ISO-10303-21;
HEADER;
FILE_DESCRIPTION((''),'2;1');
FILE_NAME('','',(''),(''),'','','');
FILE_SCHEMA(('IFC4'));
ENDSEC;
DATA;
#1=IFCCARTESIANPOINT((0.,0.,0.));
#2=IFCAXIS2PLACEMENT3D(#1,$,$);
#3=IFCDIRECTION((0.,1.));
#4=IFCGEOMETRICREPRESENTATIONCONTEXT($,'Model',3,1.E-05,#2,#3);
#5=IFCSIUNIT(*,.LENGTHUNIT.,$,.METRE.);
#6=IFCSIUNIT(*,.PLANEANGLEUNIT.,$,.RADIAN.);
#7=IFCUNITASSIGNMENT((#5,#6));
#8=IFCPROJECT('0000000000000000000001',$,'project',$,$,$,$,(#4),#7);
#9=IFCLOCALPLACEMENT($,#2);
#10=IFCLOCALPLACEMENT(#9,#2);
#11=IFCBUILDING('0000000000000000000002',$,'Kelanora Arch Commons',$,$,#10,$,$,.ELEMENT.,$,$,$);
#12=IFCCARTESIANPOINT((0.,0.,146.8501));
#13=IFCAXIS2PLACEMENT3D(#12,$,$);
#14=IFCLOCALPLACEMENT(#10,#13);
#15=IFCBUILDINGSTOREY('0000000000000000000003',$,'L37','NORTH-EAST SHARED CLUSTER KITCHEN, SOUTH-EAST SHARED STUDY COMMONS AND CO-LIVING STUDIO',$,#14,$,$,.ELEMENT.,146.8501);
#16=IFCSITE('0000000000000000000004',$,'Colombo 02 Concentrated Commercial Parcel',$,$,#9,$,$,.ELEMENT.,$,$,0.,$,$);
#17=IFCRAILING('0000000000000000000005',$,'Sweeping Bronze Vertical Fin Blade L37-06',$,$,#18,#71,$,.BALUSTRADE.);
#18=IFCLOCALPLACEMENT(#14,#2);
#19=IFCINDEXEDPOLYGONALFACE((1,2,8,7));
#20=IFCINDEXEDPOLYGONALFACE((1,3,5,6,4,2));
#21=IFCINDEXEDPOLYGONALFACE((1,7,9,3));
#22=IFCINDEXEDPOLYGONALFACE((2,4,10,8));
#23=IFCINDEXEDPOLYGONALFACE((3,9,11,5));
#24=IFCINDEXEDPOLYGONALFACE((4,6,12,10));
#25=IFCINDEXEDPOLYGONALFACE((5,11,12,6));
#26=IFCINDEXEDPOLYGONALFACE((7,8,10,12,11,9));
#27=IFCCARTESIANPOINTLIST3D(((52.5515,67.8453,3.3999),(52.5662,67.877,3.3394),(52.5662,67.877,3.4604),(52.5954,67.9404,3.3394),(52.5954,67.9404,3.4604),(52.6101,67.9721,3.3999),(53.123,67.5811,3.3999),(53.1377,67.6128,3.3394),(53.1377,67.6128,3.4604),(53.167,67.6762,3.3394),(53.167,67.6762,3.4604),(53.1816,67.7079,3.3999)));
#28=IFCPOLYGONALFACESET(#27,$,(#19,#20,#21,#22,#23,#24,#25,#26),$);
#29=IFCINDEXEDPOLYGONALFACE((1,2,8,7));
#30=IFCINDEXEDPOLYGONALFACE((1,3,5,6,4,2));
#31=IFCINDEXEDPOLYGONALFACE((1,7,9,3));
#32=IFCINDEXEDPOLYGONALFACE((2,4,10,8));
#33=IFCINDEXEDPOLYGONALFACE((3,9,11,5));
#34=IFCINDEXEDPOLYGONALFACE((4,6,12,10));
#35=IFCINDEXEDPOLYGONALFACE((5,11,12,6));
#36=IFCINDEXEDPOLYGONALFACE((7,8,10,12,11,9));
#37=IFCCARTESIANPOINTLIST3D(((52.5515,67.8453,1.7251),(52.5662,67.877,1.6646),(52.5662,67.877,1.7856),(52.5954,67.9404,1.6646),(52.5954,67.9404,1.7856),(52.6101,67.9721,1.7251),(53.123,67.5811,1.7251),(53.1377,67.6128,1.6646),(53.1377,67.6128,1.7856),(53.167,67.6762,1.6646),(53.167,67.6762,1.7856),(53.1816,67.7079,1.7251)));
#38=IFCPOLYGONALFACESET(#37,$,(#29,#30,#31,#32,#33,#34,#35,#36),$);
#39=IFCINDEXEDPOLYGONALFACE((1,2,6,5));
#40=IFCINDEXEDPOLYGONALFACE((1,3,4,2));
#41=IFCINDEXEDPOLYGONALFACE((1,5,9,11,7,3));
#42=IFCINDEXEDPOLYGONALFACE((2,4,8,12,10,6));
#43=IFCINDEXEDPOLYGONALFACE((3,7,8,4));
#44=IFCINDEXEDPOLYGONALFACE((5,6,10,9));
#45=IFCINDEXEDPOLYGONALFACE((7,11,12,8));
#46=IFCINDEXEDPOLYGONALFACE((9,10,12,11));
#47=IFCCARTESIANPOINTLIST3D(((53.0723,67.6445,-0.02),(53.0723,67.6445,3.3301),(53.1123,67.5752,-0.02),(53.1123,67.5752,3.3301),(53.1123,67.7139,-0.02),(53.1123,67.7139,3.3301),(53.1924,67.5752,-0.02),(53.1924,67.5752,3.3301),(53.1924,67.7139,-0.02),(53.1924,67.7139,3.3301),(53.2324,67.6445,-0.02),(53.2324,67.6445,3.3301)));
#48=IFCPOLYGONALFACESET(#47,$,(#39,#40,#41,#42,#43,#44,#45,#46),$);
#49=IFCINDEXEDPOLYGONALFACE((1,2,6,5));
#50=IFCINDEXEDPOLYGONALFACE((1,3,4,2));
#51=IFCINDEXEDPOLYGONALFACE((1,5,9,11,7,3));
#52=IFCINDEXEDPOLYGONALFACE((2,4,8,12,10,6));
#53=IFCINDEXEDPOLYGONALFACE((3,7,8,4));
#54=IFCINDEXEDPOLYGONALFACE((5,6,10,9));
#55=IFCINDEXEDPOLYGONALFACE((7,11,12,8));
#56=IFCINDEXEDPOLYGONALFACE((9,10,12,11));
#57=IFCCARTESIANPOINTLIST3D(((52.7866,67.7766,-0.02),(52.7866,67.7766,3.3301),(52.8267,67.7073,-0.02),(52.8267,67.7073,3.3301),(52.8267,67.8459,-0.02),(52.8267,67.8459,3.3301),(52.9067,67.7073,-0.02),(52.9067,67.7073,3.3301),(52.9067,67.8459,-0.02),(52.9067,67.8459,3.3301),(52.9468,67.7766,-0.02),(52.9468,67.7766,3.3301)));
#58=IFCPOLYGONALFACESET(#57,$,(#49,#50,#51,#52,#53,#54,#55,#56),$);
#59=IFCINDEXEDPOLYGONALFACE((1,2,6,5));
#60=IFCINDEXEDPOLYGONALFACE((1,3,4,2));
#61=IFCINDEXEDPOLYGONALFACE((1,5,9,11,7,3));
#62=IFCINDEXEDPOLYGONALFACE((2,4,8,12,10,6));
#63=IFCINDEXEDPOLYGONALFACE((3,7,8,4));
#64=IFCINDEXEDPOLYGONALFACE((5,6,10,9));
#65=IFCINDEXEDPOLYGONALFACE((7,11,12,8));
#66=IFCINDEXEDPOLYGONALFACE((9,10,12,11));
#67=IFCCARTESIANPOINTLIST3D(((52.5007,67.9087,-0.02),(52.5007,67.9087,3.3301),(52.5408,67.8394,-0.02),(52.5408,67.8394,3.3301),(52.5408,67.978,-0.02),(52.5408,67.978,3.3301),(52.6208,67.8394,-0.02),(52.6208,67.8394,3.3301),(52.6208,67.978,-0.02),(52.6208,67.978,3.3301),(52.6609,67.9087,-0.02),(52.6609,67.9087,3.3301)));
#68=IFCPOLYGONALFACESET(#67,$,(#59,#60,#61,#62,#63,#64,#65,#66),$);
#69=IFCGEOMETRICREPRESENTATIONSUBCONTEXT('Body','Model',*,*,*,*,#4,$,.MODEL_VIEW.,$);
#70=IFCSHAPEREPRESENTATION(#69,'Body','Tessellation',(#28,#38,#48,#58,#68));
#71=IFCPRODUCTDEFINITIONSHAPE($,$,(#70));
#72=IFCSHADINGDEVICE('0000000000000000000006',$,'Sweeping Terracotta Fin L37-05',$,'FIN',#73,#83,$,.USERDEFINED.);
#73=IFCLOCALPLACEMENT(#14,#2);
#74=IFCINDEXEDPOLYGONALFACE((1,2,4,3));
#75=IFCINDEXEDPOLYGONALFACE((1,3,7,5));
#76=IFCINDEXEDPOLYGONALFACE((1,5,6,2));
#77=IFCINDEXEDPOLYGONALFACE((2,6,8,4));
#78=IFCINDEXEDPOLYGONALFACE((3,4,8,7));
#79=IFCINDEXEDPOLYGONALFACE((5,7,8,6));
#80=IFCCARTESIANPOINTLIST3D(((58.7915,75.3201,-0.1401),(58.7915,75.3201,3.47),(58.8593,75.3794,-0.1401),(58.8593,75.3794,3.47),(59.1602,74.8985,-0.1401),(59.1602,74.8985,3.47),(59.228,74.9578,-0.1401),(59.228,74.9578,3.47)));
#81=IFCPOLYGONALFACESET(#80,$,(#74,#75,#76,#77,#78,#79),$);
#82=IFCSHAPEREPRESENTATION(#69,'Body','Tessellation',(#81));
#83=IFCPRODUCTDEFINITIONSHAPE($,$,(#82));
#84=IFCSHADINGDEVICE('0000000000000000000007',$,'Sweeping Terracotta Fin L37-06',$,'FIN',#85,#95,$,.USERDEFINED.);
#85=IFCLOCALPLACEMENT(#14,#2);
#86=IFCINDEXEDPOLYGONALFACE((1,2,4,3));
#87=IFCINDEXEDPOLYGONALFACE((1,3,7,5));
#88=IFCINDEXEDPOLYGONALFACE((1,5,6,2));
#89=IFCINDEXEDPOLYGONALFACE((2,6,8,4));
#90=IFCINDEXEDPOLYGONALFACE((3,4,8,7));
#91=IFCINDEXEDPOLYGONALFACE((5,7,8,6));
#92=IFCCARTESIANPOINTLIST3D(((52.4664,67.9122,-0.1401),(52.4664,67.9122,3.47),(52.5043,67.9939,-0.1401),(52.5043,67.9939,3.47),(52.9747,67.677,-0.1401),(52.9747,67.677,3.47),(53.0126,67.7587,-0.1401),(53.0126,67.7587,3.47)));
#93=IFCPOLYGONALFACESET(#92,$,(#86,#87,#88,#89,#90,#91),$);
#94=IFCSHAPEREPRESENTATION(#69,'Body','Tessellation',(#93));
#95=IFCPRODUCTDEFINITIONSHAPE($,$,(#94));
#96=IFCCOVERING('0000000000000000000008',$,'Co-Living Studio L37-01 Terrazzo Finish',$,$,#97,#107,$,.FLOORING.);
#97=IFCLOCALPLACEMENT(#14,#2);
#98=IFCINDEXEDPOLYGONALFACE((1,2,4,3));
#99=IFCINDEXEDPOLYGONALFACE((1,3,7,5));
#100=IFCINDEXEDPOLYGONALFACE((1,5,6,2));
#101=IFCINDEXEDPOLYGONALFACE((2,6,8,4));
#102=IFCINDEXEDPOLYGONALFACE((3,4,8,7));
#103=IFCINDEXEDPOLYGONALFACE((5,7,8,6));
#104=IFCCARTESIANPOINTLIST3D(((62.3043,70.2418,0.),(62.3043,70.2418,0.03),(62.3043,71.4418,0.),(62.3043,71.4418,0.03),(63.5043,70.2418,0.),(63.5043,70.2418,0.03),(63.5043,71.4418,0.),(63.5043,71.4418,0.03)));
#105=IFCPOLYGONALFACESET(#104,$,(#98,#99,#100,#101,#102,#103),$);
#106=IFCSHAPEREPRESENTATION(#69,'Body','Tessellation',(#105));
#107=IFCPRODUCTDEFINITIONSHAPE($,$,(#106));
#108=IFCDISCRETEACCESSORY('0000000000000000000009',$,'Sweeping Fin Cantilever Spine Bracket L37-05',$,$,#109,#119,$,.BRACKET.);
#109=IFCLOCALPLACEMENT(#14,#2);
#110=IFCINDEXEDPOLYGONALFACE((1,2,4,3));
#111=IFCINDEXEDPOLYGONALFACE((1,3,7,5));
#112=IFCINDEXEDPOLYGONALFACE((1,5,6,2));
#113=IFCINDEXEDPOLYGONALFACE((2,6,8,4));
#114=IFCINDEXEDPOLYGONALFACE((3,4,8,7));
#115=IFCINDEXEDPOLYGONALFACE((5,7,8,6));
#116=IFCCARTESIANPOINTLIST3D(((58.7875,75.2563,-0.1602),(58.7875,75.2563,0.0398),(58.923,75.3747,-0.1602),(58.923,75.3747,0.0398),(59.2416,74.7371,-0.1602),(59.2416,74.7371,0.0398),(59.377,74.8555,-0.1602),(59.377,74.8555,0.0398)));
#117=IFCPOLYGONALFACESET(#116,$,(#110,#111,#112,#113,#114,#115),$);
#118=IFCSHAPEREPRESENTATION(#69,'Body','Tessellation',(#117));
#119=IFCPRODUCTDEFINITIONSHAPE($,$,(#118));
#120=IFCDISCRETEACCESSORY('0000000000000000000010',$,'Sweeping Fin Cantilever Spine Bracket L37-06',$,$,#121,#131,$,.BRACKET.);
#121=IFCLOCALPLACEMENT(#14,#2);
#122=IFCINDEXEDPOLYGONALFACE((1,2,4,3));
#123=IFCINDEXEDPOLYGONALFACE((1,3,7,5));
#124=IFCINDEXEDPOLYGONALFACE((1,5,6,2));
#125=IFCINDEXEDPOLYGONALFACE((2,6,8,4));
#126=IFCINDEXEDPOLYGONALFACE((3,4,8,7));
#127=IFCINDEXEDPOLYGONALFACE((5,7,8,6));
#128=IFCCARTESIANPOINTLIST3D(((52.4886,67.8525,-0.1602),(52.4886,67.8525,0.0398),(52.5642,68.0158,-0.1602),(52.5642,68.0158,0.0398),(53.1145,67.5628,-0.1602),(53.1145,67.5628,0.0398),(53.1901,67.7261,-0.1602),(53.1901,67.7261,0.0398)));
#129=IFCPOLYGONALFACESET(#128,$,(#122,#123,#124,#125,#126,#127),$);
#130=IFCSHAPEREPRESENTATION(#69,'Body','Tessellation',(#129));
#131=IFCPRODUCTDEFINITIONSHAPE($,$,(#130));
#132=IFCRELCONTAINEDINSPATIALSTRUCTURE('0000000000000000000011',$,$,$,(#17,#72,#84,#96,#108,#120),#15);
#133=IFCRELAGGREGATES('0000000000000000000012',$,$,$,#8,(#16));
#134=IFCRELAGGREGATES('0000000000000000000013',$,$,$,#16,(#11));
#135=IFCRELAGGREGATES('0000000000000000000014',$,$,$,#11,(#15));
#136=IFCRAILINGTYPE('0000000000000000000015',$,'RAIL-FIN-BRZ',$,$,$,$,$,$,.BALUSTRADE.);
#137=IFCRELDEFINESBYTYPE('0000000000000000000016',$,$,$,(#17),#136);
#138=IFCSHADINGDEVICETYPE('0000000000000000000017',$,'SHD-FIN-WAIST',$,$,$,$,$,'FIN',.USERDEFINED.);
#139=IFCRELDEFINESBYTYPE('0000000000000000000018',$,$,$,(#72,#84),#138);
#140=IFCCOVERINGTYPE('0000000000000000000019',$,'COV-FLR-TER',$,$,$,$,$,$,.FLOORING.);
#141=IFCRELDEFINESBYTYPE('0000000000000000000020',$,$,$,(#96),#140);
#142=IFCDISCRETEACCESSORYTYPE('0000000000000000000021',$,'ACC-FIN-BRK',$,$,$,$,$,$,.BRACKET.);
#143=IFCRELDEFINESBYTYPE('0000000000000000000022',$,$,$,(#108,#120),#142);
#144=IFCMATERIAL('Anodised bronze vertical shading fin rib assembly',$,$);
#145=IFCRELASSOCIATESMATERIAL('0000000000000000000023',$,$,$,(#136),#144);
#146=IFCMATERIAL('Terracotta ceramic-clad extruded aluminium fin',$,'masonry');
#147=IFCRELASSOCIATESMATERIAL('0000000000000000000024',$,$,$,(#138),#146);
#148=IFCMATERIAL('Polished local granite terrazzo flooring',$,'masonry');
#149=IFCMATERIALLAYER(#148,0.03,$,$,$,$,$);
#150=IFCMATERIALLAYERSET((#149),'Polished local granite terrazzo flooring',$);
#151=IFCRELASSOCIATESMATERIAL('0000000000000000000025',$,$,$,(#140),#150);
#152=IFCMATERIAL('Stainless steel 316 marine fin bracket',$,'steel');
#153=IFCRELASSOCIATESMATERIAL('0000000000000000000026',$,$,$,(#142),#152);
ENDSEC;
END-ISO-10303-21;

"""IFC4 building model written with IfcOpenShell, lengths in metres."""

from ifc_helpers import new_model, si_unit, direction, frame, origin, origin_2d, place, context, subcontext, project, spatial, polyline, rectangle, outline, extrude, source, transform, mapped, material, layer, layer_set, type_object, element, save


model = new_model("IFC4")

# Units and contexts
model_context = context("Model", 3, precision=1e-05, world=origin(), true_north=direction((0.0, 1.0)))
body_context = subcontext(model_context, "Body", "Model", "MODEL_VIEW")
ifc_project = project(units=[si_unit("LENGTHUNIT", "METRE"), si_unit("PLANEANGLEUNIT", "RADIAN")], contexts=[model_context])

# Site, building, storey
site_placement = place(None, origin())
site = spatial("IfcSite", under=ifc_project, at=site_placement, Name="Colombo 02 Concentrated Commercial Parcel", CompositionType="ELEMENT", RefElevation=0.0)
building_placement = place(site_placement, origin())
building = spatial("IfcBuilding", under=site, at=building_placement, Name="Kelanora Arch Commons", CompositionType="ELEMENT")
storey_placement = place(building_placement, frame((0.0, 0.0, 146.8501)))
storey = spatial("IfcBuildingStorey", under=building, at=storey_placement, Name="L37", Description="NORTH-EAST SHARED CLUSTER KITCHEN, SOUTH-EAST SHARED STUDY COMMONS AND CO-LIVING STUDIO", CompositionType="ELEMENT", Elevation=146.8501)

# Railing
ifc_material_1 = material(Name="Anodised bronze vertical shading fin rib assembly")
railing_type = type_object("IfcRailingType", Name="RAIL-FIN-BRZ", PredefinedType="BALUSTRADE", material=ifc_material_1)
railing_1_placement = place(storey_placement, frame((53.1523, 67.6445, -0.02)))
element("IfcRailing", 1, at=railing_1_placement, inside=storey, type_object=railing_type, Name="Sweeping Bronze Vertical Fin Blade L37-06", PredefinedType="BALUSTRADE", context=body_context, shape_type="SweptSolid", body=[
    extrude(outline(polyline([(0.0698, 0.0), (0.0349, 0.0605), (-0.0349, 0.0605), (-0.0698, 0.0), (-0.0349, -0.0605), (0.0349, -0.0605), (0.0698, 0.0)])), frame((0.0, 0.0, 3.4199), z_axis=(-0.907732, 0.41955, 0.0), x_axis=(-0.41955, -0.907732, 0.0)), (0.0, 0.0, 1.0), 0.6296),
    extrude(outline(polyline([(0.0698, 0.0), (0.0349, 0.0605), (-0.0349, 0.0605), (-0.0698, 0.0), (-0.0349, -0.0605), (0.0349, -0.0605), (0.0698, 0.0)])), frame((0.0, 0.0, 1.7451), z_axis=(-0.907732, 0.41955, 0.0), x_axis=(-0.41955, -0.907732, 0.0)), (0.0, 0.0, 1.0), 0.6296),
    extrude(outline(polyline([(0.0801, 0.0), (0.04, 0.0693), (-0.04, 0.0693), (-0.0801, 0.0), (-0.04, -0.0693), (0.04, -0.0693), (0.0801, 0.0)])), origin(), (0.0, 0.0, 1.0), 3.3501),
    extrude(outline(polyline([(0.0801, 0.0), (0.04, 0.0693), (-0.04, 0.0693), (-0.0801, 0.0), (-0.04, -0.0693), (0.04, -0.0693), (0.0801, 0.0)])), frame((-0.2856, 0.1321, 0.0)), (0.0, 0.0, 1.0), 3.3501),
    extrude(outline(polyline([(0.0801, 0.0), (0.04, 0.0693), (-0.04, 0.0693), (-0.0801, 0.0), (-0.04, -0.0693), (0.04, -0.0693), (0.0801, 0.0)])), frame((-0.5715, 0.2642, 0.0)), (0.0, 0.0, 1.0), 3.3501),
])

# Shading devices
ifc_material_2 = material(Name="Terracotta ceramic-clad extruded aluminium fin", Category="masonry")
shading_device_type = type_object("IfcShadingDeviceType", Name="SHD-FIN-WAIST", ElementType="FIN", PredefinedType="USERDEFINED", material=ifc_material_2)
shared_shape_1 = source(origin(), body_context, "Body", "SweptSolid", [
    extrude(rectangle(XDim=0.5601, YDim=0.0901, at=origin_2d()), origin(), (0.0, 0.0, 1.0), 3.6101),
])
for number, where, z_axis, x_axis, name in (
    (2, (59.0098, 75.1389, -0.1401), (0.0, 0.0, 1.0), (-0.658295, 0.75276, 0.0), "Sweeping Terracotta Fin L37-05"),
    (3, (52.7395, 67.8354, -0.1401), (0.0, 0.0, 1.0), (-0.907558, 0.419927, 0.0), "Sweeping Terracotta Fin L37-06"),
):
    element("IfcShadingDevice", number, at=place(storey_placement, frame(where, z_axis=z_axis, x_axis=x_axis)), inside=storey, type_object=shading_device_type, Name=name, ObjectType="FIN", PredefinedType="USERDEFINED", context=body_context, shape_type="MappedRepresentation", body=[
        mapped(shared_shape_1, transform((0.0, 0.0, 0.0), scale=1.0)),
    ])

# Covering
ifc_material_3 = material(Name="Polished local granite terrazzo flooring", Category="masonry")
ifc_layer_1 = layer(ifc_material_3, 0.03)
ifc_layer_set_1 = layer_set([ifc_layer_1], Name="Polished local granite terrazzo flooring")
covering_type = type_object("IfcCoveringType", Name="COV-FLR-TER", PredefinedType="FLOORING", material=ifc_layer_set_1)
shared_shape_2 = source(origin(), body_context, "Body", "SweptSolid", [
    extrude(rectangle(XDim=1.2, YDim=1.2, at=origin_2d()), origin(), (0.0, 0.0, 1.0), 0.03),
])
covering_placement = place(storey_placement, frame((62.9043, 70.8418, 0.0), z_axis=(0.0, 0.0, 1.0), x_axis=(1.0, 0.0, 0.0)))
element("IfcCovering", 4, at=covering_placement, inside=storey, type_object=covering_type, Name="Co-Living Studio L37-01 Terrazzo Finish", PredefinedType="FLOORING", context=body_context, shape_type="MappedRepresentation", body=[
    mapped(shared_shape_2, transform((0.0, 0.0, 0.0), scale=1.0)),
])

# Discrete accessories
ifc_material_4 = material(Name="Stainless steel 316 marine fin bracket", Category="steel")
discrete_accessory_type = type_object("IfcDiscreteAccessoryType", Name="ACC-FIN-BRK", PredefinedType="BRACKET", material=ifc_material_4)
shared_shape_3 = source(origin(), body_context, "Body", "SweptSolid", [
    extrude(rectangle(XDim=0.6897, YDim=0.1799, at=origin_2d()), origin(), (0.0, 0.0, 1.0), 0.2),
])
for number, where, z_axis, x_axis, name in (
    (5, (59.0823, 75.0559, -0.1602), (0.0, 0.0, 1.0), (-0.658295, 0.75276, 0.0), "Sweeping Fin Cantilever Spine Bracket L37-05"),
    (6, (52.8394, 67.7893, -0.1602), (0.0, 0.0, 1.0), (-0.907558, 0.419927, 0.0), "Sweeping Fin Cantilever Spine Bracket L37-06"),
):
    element("IfcDiscreteAccessory", number, at=place(storey_placement, frame(where, z_axis=z_axis, x_axis=x_axis)), inside=storey, type_object=discrete_accessory_type, Name=name, PredefinedType="BRACKET", context=body_context, shape_type="MappedRepresentation", body=[
        mapped(shared_shape_3, transform((0.0, 0.0, 0.0), scale=1.0)),
    ])

save(model, "model.ifc")
